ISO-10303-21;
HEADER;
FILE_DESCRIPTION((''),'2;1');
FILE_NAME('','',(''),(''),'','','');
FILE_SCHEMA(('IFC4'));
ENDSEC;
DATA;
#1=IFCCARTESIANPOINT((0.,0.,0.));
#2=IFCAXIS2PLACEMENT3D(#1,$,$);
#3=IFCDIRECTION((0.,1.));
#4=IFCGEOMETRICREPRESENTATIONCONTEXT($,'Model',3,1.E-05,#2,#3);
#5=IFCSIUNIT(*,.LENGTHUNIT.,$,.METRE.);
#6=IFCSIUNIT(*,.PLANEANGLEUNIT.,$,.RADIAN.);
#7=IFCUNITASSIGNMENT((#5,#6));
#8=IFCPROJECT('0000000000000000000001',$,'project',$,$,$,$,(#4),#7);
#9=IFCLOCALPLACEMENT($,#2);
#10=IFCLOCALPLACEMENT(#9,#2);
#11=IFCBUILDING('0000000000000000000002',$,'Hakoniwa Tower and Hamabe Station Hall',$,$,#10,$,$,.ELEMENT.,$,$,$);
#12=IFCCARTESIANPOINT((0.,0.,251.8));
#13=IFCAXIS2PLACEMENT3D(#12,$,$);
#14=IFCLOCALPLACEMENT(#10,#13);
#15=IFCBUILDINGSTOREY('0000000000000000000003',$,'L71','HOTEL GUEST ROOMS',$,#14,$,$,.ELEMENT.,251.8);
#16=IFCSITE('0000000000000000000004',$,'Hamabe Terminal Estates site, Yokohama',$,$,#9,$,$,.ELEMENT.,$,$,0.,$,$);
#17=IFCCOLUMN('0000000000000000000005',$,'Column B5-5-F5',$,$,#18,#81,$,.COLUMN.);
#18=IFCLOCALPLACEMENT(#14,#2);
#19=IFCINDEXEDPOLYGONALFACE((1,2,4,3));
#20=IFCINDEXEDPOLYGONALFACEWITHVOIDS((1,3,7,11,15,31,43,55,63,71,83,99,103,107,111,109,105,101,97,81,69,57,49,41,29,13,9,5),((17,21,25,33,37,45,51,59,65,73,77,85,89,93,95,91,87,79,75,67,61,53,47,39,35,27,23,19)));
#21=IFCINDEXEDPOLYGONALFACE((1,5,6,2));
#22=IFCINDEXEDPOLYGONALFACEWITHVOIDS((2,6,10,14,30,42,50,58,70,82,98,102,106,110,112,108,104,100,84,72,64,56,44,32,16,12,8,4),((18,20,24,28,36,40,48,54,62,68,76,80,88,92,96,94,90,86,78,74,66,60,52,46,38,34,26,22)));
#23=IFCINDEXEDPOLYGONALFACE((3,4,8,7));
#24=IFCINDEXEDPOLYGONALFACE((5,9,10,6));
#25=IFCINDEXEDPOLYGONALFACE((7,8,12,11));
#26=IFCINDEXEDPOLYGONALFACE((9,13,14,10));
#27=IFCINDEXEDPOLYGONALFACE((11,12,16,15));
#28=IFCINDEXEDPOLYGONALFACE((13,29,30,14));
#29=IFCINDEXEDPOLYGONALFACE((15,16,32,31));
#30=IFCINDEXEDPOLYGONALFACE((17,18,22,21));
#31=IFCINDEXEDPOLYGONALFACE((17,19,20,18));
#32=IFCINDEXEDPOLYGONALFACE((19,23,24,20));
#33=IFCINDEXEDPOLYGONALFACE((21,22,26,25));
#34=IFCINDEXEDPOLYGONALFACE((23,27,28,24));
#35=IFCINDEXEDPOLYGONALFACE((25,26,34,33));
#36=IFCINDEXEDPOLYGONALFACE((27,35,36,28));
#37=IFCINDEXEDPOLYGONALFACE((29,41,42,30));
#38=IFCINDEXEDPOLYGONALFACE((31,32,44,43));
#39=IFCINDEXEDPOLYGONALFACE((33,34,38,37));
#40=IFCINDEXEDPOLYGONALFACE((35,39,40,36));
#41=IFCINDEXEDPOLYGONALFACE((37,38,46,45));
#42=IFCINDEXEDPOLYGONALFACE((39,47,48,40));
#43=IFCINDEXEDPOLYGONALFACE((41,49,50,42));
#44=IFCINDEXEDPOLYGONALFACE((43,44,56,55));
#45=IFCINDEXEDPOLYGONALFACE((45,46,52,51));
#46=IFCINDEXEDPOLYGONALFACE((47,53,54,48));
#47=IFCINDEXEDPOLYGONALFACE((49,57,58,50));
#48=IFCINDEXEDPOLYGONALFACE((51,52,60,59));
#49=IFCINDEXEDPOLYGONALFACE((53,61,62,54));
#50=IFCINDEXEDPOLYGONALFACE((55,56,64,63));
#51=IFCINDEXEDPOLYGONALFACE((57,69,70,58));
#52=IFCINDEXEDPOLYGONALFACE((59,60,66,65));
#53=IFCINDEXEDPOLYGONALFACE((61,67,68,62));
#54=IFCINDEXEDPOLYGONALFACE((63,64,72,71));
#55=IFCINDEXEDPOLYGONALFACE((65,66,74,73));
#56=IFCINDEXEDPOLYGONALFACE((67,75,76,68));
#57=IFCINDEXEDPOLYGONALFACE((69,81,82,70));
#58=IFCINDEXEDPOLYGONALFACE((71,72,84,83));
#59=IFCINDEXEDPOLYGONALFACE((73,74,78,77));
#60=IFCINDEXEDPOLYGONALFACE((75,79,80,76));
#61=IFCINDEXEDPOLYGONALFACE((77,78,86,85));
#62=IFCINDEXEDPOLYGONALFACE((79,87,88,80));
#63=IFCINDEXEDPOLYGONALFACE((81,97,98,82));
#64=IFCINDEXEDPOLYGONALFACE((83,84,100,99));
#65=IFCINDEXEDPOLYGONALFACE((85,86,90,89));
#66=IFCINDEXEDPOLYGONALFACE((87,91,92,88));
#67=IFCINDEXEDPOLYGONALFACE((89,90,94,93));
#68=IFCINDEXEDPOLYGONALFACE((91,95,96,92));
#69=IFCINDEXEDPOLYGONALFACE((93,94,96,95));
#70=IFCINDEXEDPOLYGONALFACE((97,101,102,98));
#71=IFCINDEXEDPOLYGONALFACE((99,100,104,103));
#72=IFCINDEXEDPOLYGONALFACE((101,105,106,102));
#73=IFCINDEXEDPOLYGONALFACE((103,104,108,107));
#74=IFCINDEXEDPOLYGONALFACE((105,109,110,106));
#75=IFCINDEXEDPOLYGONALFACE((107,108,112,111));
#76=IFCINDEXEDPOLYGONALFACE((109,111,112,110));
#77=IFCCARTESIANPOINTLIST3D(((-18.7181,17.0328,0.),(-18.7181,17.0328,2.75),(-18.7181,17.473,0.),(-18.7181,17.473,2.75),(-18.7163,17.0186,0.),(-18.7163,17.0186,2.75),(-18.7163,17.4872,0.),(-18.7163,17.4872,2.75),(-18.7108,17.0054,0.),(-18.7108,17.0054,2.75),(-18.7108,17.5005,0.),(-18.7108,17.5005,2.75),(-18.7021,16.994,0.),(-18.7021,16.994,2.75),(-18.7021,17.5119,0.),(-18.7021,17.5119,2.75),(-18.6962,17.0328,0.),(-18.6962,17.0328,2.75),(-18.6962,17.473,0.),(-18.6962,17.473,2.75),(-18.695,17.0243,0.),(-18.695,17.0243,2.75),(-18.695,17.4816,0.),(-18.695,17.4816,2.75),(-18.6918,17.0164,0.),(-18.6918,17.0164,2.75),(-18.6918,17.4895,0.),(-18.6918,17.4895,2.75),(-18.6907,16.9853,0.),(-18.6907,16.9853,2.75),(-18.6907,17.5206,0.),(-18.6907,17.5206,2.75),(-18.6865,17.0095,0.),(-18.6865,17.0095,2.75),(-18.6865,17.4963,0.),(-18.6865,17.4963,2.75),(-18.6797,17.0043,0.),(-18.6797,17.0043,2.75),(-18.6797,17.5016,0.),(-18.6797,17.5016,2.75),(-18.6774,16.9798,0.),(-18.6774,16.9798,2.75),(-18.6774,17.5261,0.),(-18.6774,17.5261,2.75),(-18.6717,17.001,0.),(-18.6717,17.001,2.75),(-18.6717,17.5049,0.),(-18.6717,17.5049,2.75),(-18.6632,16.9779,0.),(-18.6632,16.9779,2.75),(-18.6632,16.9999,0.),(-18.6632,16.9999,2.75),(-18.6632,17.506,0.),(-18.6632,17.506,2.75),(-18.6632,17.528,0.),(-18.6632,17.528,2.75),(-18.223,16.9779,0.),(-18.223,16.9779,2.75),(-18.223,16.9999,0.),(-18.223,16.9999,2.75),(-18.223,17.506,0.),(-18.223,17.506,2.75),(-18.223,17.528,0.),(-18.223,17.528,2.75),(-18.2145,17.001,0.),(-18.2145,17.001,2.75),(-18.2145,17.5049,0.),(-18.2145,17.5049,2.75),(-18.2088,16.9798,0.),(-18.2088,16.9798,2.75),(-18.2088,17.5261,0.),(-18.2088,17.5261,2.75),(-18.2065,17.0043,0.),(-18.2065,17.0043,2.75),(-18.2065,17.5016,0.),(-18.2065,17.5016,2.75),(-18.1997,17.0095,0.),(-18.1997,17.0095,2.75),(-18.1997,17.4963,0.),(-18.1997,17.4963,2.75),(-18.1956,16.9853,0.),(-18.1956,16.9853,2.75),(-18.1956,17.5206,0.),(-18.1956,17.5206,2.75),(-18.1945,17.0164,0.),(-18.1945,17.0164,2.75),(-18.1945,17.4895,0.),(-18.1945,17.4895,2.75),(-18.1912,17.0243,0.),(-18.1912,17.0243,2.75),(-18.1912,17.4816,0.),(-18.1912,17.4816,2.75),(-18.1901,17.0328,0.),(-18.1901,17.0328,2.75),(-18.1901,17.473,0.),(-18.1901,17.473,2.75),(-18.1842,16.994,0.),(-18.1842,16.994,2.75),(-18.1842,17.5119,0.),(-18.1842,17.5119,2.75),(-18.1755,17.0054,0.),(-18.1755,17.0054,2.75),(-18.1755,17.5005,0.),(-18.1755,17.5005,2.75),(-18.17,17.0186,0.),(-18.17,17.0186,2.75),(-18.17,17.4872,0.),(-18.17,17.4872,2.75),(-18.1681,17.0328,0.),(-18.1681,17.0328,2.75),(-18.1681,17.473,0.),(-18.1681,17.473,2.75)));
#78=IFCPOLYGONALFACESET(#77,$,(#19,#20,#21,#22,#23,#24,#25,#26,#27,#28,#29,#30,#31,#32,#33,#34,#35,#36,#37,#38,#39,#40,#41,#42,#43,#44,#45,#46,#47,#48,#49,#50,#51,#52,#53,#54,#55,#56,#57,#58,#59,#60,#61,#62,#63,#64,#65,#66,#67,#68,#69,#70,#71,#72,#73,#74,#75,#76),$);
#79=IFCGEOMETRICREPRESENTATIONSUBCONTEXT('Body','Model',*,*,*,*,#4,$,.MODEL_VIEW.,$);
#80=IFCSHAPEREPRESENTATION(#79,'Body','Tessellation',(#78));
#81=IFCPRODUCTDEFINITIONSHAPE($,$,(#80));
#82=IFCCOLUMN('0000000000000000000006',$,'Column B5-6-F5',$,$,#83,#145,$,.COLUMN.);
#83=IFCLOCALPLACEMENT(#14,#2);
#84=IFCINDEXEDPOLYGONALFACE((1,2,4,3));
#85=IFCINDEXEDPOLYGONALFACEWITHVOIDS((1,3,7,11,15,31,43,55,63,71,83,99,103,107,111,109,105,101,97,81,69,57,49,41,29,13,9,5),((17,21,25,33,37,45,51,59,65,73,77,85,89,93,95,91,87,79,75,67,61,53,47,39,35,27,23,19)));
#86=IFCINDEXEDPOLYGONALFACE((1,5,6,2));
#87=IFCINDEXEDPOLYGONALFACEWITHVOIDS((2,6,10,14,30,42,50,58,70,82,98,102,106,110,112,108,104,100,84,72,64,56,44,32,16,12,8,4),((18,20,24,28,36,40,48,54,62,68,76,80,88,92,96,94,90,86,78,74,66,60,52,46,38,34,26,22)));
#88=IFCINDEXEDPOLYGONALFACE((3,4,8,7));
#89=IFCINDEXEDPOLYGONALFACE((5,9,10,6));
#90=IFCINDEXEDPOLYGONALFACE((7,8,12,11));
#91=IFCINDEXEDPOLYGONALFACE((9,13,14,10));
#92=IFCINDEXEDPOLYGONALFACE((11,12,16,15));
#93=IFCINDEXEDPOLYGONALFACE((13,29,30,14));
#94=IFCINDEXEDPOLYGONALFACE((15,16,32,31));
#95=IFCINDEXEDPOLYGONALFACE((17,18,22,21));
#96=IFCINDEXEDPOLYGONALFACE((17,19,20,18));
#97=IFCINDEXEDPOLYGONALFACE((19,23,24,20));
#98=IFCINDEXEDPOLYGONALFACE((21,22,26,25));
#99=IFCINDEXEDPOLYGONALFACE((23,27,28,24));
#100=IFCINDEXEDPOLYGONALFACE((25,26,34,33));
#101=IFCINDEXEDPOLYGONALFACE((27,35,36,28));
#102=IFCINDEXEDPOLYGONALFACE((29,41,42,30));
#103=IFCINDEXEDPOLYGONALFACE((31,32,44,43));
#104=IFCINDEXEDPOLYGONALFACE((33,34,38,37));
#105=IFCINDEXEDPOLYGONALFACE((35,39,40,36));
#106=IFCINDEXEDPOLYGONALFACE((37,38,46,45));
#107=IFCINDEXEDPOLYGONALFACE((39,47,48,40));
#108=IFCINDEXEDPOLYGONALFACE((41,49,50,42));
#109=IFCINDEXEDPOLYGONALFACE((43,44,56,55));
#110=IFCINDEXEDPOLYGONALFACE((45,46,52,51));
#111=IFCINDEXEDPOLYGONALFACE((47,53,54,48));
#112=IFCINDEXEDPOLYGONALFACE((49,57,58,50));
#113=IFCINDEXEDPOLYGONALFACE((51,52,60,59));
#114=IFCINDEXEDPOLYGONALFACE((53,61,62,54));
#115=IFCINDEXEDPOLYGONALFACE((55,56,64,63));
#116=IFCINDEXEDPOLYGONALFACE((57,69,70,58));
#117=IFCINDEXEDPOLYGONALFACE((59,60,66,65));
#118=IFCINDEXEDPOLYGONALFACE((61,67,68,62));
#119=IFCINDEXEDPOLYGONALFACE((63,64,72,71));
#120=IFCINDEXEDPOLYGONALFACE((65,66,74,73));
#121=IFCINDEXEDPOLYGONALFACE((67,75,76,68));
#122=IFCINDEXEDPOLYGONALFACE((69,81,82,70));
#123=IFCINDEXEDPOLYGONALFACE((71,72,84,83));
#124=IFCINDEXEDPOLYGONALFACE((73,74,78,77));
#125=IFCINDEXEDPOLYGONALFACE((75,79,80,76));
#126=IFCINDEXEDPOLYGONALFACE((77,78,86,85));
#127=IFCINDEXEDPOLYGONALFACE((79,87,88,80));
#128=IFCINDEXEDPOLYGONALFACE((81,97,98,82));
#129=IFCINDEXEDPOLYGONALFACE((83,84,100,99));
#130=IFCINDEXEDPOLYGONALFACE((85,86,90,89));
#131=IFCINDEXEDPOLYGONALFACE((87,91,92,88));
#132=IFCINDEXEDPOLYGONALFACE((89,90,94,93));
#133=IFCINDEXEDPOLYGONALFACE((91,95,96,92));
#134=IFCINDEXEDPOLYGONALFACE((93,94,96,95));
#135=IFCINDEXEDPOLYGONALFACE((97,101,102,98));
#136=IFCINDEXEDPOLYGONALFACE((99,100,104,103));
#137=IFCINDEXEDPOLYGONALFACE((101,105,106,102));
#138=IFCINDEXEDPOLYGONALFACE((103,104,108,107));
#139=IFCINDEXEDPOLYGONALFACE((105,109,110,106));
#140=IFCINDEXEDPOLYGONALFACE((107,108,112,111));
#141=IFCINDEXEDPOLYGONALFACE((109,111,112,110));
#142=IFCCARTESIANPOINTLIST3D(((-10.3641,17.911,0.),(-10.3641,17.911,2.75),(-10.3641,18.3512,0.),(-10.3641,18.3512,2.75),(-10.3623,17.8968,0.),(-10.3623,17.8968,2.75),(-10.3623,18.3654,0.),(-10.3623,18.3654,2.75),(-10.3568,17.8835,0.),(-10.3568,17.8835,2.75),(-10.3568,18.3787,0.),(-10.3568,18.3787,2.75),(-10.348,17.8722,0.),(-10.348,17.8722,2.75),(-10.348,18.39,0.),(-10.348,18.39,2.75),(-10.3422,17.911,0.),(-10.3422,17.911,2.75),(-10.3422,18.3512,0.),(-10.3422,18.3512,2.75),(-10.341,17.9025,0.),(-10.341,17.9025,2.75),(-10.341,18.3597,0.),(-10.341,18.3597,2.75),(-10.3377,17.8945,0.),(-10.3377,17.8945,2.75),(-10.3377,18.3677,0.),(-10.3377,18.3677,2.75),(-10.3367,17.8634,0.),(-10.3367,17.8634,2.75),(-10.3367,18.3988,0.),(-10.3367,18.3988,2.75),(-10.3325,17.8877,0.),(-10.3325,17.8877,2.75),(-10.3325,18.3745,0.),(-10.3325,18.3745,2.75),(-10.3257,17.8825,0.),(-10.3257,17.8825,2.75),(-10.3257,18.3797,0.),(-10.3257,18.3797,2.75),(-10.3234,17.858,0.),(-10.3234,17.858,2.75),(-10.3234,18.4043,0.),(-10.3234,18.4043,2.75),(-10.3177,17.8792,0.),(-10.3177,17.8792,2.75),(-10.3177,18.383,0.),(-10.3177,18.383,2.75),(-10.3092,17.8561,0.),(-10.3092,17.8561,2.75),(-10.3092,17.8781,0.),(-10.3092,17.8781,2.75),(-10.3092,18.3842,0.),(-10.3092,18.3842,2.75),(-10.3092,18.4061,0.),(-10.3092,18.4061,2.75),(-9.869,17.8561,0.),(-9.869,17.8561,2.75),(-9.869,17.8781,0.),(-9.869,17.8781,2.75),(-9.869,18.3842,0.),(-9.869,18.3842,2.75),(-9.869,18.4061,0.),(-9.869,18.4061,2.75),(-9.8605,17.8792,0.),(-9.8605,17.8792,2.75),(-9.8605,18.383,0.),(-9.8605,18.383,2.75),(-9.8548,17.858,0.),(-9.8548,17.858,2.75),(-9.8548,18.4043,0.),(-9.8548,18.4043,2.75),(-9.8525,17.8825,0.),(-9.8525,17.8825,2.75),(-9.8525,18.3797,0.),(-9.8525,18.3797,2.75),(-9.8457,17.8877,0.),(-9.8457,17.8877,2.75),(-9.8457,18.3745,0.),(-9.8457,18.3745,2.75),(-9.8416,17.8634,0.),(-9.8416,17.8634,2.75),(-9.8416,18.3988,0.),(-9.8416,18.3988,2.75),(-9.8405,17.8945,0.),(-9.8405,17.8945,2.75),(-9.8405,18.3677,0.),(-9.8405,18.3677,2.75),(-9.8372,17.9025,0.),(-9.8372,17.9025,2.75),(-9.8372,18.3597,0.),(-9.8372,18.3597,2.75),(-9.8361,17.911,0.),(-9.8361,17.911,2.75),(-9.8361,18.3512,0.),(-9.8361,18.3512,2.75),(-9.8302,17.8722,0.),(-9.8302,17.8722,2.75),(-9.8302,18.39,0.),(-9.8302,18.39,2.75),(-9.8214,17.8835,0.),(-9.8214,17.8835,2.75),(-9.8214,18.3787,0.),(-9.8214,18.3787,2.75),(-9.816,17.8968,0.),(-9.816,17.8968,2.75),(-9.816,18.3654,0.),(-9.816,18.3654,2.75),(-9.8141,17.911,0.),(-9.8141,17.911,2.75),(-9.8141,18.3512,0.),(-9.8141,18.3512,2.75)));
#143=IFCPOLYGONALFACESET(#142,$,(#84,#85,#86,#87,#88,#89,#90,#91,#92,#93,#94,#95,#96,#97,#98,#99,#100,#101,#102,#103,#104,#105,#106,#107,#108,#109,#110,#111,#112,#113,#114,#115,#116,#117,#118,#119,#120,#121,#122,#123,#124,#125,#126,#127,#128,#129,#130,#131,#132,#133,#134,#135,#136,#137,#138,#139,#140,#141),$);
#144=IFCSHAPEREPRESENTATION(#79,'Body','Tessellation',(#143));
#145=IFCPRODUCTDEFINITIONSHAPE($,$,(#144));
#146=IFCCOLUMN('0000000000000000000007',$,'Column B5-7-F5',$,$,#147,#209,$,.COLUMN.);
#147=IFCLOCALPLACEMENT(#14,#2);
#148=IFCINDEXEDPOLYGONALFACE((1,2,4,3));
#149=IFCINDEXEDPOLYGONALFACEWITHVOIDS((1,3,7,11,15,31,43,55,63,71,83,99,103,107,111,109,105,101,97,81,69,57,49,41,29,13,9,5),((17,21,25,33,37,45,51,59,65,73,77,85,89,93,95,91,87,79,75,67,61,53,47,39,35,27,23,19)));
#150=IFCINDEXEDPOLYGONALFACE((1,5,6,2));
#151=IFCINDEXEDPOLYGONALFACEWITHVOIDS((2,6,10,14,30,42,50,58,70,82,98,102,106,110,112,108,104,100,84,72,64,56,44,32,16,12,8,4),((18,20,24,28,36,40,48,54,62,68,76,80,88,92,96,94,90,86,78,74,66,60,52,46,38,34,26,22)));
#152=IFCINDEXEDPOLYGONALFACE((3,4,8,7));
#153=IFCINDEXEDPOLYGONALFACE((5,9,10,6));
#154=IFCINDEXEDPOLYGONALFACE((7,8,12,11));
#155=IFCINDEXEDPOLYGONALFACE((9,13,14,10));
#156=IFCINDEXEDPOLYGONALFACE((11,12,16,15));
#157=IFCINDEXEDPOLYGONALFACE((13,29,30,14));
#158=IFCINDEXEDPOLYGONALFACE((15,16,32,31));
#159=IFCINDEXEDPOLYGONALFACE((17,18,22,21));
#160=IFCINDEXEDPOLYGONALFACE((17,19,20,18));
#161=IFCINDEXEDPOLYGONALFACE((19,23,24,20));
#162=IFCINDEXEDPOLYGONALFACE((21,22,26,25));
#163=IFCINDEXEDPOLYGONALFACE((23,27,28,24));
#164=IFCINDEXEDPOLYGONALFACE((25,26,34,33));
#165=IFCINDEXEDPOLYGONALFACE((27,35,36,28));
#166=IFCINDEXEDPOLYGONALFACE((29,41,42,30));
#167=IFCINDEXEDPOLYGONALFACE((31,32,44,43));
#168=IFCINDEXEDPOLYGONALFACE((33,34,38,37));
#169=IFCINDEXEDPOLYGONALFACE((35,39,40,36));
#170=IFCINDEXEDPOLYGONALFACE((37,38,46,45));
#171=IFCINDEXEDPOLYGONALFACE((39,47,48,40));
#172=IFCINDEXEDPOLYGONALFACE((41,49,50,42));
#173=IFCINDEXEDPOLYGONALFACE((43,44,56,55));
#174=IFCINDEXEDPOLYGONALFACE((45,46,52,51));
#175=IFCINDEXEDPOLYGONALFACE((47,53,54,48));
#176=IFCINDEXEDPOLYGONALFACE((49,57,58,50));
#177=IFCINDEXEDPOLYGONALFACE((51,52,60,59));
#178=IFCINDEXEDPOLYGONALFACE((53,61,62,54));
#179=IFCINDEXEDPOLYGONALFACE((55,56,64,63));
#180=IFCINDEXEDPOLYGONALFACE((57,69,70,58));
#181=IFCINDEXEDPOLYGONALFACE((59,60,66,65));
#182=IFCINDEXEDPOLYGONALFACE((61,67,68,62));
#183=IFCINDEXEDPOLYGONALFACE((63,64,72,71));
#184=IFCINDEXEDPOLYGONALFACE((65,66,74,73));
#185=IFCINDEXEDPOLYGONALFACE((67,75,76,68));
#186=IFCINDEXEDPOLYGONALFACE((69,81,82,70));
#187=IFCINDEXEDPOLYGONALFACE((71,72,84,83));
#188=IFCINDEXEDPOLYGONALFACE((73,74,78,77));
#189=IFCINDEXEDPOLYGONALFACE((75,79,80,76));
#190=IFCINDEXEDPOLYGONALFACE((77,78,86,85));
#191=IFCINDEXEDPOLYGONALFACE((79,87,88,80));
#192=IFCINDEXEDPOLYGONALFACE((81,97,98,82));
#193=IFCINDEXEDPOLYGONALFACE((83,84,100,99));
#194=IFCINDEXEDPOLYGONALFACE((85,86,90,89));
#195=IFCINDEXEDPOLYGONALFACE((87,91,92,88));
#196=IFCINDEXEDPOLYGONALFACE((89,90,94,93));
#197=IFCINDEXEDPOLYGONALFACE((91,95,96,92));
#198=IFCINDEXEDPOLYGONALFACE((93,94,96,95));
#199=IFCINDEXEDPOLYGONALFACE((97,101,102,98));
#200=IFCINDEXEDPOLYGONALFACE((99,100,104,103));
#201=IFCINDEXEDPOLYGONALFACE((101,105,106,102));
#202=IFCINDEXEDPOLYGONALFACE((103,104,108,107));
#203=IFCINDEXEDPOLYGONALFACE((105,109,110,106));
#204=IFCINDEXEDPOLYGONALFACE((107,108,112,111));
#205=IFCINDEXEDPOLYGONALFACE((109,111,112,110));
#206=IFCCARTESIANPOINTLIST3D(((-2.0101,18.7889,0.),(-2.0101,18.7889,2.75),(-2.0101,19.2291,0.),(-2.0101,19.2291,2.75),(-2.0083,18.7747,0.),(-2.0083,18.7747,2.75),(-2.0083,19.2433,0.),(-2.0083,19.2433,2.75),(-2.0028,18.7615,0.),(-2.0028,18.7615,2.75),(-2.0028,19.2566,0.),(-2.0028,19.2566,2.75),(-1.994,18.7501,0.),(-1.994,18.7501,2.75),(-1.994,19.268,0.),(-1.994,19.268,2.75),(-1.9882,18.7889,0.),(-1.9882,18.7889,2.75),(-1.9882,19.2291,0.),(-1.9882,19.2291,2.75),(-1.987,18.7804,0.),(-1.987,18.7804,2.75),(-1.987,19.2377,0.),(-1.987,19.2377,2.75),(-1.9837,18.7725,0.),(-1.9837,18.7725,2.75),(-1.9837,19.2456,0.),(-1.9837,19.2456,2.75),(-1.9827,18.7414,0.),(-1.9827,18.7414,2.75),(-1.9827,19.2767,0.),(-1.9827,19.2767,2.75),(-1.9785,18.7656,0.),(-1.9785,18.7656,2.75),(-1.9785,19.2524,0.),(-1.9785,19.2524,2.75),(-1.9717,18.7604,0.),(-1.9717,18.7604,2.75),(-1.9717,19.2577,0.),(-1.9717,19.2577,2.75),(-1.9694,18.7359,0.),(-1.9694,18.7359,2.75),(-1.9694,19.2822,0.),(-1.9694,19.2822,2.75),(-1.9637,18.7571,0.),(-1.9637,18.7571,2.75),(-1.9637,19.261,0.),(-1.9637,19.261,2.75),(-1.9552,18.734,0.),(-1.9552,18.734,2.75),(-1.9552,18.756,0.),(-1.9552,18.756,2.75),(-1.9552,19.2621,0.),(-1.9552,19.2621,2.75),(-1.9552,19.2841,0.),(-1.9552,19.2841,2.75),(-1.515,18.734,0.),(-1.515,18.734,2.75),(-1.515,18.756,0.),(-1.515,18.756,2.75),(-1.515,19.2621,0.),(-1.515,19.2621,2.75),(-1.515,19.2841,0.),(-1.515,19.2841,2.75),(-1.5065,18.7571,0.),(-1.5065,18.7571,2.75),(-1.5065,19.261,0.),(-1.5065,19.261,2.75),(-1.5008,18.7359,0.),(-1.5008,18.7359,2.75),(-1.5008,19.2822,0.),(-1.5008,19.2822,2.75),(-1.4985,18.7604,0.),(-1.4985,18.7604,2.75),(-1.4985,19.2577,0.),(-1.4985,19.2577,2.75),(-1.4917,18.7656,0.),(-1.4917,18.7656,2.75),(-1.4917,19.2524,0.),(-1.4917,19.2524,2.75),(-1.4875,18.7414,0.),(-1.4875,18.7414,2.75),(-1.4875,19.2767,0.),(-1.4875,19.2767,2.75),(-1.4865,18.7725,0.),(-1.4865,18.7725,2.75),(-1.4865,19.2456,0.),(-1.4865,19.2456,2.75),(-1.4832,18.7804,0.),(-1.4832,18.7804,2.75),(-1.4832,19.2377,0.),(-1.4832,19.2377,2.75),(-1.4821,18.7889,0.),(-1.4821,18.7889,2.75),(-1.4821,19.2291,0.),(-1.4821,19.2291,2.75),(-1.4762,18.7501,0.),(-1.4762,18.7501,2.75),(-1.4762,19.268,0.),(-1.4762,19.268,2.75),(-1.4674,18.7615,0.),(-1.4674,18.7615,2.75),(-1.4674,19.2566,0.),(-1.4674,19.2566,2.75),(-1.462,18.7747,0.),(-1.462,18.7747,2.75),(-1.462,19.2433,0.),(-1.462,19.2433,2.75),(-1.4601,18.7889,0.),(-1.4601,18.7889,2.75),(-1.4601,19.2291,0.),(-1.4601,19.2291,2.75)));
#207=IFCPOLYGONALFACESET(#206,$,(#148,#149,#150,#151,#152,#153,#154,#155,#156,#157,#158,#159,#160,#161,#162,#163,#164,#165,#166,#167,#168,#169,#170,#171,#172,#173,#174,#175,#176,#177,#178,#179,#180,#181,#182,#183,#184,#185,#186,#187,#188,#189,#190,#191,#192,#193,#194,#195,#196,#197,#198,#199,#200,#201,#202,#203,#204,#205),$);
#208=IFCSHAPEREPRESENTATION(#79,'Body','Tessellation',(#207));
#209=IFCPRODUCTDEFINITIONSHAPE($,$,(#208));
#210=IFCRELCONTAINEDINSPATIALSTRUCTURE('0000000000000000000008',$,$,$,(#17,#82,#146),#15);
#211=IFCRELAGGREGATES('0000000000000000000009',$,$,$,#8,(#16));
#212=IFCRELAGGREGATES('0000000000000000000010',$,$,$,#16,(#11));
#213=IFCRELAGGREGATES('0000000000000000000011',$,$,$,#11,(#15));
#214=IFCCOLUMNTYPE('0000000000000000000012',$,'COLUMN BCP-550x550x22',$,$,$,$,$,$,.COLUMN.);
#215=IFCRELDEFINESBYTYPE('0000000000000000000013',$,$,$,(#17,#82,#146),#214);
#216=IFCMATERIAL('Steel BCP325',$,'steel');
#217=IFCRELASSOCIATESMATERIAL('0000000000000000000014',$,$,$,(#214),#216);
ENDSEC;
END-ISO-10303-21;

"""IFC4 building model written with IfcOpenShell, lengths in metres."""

from ifc_helpers import new_model, si_unit, direction, frame, origin, origin_2d, place, context, subcontext, project, spatial, hollow_rectangle, extrude, material, material_profile, profile_set, type_object, element, save


model = new_model("IFC4")

# Units and contexts
model_context = context("Model", 3, precision=1e-05, world=origin(), true_north=direction((0.0, 1.0)))
body_context = subcontext(model_context, "Body", "Model", "MODEL_VIEW")
ifc_project = project(units=[si_unit("LENGTHUNIT", "METRE"), si_unit("PLANEANGLEUNIT", "RADIAN")], contexts=[model_context])

# Site, building, storey
site_placement = place(None, origin())
site = spatial("IfcSite", under=ifc_project, at=site_placement, Name="Hamabe Terminal Estates site, Yokohama", CompositionType="ELEMENT", RefElevation=0.0)
building_placement = place(site_placement, origin())
building = spatial("IfcBuilding", under=site, at=building_placement, Name="Hakoniwa Tower and Hamabe Station Hall", CompositionType="ELEMENT")
storey_placement = place(building_placement, frame((0.0, 0.0, 251.8)))
storey = spatial("IfcBuildingStorey", under=building, at=storey_placement, Name="L71", Description="HOTEL GUEST ROOMS", CompositionType="ELEMENT", Elevation=251.8)

# Columns
ifc_material_1 = material(Name="Steel BCP325", Category="steel")
ifc_material_profile_1 = material_profile(ifc_material_1, hollow_rectangle(XDim=0.55, YDim=0.55, WallThickness=0.022, InnerFilletRadius=0.033, OuterFilletRadius=0.0549, at=origin_2d()), Name="BCP-550x550x22")
ifc_profile_set_1 = profile_set([ifc_material_profile_1], Name="Steel BCP325")
column_type_1 = type_object("IfcColumnType", Name="COLUMN BCP-550x550x22", PredefinedType="COLUMN", material=ifc_profile_set_1)
for number, where, z_axis, x_axis, name in (
    (1, (-18.4431, 17.2529, 0.0), (0.0, 0.0, 1.0), (1.0, 0.0, 0.0), "Column B5-5-F5"),
    (2, (-10.0891, 18.1311, 0.0), (0.0, 0.0, 1.0), (1.0, 0.0, 0.0), "Column B5-6-F5"),
    (3, (-1.7351, 19.009, 0.0), (0.0, 0.0, 1.0), (1.0, 0.0, 0.0), "Column B5-7-F5"),
):
    element("IfcColumn", number, at=place(storey_placement, frame(where, z_axis=z_axis, x_axis=x_axis)), inside=storey, type_object=column_type_1, Name=name, PredefinedType="COLUMN", context=body_context, shape_type="SweptSolid", body=[
        extrude(hollow_rectangle(XDim=0.55, YDim=0.55, WallThickness=0.022, InnerFilletRadius=0.033, OuterFilletRadius=0.0549, at=origin_2d()), origin(), (0.0, 0.0, 1.0), 2.75),
    ])

save(model, "model.ifc")
